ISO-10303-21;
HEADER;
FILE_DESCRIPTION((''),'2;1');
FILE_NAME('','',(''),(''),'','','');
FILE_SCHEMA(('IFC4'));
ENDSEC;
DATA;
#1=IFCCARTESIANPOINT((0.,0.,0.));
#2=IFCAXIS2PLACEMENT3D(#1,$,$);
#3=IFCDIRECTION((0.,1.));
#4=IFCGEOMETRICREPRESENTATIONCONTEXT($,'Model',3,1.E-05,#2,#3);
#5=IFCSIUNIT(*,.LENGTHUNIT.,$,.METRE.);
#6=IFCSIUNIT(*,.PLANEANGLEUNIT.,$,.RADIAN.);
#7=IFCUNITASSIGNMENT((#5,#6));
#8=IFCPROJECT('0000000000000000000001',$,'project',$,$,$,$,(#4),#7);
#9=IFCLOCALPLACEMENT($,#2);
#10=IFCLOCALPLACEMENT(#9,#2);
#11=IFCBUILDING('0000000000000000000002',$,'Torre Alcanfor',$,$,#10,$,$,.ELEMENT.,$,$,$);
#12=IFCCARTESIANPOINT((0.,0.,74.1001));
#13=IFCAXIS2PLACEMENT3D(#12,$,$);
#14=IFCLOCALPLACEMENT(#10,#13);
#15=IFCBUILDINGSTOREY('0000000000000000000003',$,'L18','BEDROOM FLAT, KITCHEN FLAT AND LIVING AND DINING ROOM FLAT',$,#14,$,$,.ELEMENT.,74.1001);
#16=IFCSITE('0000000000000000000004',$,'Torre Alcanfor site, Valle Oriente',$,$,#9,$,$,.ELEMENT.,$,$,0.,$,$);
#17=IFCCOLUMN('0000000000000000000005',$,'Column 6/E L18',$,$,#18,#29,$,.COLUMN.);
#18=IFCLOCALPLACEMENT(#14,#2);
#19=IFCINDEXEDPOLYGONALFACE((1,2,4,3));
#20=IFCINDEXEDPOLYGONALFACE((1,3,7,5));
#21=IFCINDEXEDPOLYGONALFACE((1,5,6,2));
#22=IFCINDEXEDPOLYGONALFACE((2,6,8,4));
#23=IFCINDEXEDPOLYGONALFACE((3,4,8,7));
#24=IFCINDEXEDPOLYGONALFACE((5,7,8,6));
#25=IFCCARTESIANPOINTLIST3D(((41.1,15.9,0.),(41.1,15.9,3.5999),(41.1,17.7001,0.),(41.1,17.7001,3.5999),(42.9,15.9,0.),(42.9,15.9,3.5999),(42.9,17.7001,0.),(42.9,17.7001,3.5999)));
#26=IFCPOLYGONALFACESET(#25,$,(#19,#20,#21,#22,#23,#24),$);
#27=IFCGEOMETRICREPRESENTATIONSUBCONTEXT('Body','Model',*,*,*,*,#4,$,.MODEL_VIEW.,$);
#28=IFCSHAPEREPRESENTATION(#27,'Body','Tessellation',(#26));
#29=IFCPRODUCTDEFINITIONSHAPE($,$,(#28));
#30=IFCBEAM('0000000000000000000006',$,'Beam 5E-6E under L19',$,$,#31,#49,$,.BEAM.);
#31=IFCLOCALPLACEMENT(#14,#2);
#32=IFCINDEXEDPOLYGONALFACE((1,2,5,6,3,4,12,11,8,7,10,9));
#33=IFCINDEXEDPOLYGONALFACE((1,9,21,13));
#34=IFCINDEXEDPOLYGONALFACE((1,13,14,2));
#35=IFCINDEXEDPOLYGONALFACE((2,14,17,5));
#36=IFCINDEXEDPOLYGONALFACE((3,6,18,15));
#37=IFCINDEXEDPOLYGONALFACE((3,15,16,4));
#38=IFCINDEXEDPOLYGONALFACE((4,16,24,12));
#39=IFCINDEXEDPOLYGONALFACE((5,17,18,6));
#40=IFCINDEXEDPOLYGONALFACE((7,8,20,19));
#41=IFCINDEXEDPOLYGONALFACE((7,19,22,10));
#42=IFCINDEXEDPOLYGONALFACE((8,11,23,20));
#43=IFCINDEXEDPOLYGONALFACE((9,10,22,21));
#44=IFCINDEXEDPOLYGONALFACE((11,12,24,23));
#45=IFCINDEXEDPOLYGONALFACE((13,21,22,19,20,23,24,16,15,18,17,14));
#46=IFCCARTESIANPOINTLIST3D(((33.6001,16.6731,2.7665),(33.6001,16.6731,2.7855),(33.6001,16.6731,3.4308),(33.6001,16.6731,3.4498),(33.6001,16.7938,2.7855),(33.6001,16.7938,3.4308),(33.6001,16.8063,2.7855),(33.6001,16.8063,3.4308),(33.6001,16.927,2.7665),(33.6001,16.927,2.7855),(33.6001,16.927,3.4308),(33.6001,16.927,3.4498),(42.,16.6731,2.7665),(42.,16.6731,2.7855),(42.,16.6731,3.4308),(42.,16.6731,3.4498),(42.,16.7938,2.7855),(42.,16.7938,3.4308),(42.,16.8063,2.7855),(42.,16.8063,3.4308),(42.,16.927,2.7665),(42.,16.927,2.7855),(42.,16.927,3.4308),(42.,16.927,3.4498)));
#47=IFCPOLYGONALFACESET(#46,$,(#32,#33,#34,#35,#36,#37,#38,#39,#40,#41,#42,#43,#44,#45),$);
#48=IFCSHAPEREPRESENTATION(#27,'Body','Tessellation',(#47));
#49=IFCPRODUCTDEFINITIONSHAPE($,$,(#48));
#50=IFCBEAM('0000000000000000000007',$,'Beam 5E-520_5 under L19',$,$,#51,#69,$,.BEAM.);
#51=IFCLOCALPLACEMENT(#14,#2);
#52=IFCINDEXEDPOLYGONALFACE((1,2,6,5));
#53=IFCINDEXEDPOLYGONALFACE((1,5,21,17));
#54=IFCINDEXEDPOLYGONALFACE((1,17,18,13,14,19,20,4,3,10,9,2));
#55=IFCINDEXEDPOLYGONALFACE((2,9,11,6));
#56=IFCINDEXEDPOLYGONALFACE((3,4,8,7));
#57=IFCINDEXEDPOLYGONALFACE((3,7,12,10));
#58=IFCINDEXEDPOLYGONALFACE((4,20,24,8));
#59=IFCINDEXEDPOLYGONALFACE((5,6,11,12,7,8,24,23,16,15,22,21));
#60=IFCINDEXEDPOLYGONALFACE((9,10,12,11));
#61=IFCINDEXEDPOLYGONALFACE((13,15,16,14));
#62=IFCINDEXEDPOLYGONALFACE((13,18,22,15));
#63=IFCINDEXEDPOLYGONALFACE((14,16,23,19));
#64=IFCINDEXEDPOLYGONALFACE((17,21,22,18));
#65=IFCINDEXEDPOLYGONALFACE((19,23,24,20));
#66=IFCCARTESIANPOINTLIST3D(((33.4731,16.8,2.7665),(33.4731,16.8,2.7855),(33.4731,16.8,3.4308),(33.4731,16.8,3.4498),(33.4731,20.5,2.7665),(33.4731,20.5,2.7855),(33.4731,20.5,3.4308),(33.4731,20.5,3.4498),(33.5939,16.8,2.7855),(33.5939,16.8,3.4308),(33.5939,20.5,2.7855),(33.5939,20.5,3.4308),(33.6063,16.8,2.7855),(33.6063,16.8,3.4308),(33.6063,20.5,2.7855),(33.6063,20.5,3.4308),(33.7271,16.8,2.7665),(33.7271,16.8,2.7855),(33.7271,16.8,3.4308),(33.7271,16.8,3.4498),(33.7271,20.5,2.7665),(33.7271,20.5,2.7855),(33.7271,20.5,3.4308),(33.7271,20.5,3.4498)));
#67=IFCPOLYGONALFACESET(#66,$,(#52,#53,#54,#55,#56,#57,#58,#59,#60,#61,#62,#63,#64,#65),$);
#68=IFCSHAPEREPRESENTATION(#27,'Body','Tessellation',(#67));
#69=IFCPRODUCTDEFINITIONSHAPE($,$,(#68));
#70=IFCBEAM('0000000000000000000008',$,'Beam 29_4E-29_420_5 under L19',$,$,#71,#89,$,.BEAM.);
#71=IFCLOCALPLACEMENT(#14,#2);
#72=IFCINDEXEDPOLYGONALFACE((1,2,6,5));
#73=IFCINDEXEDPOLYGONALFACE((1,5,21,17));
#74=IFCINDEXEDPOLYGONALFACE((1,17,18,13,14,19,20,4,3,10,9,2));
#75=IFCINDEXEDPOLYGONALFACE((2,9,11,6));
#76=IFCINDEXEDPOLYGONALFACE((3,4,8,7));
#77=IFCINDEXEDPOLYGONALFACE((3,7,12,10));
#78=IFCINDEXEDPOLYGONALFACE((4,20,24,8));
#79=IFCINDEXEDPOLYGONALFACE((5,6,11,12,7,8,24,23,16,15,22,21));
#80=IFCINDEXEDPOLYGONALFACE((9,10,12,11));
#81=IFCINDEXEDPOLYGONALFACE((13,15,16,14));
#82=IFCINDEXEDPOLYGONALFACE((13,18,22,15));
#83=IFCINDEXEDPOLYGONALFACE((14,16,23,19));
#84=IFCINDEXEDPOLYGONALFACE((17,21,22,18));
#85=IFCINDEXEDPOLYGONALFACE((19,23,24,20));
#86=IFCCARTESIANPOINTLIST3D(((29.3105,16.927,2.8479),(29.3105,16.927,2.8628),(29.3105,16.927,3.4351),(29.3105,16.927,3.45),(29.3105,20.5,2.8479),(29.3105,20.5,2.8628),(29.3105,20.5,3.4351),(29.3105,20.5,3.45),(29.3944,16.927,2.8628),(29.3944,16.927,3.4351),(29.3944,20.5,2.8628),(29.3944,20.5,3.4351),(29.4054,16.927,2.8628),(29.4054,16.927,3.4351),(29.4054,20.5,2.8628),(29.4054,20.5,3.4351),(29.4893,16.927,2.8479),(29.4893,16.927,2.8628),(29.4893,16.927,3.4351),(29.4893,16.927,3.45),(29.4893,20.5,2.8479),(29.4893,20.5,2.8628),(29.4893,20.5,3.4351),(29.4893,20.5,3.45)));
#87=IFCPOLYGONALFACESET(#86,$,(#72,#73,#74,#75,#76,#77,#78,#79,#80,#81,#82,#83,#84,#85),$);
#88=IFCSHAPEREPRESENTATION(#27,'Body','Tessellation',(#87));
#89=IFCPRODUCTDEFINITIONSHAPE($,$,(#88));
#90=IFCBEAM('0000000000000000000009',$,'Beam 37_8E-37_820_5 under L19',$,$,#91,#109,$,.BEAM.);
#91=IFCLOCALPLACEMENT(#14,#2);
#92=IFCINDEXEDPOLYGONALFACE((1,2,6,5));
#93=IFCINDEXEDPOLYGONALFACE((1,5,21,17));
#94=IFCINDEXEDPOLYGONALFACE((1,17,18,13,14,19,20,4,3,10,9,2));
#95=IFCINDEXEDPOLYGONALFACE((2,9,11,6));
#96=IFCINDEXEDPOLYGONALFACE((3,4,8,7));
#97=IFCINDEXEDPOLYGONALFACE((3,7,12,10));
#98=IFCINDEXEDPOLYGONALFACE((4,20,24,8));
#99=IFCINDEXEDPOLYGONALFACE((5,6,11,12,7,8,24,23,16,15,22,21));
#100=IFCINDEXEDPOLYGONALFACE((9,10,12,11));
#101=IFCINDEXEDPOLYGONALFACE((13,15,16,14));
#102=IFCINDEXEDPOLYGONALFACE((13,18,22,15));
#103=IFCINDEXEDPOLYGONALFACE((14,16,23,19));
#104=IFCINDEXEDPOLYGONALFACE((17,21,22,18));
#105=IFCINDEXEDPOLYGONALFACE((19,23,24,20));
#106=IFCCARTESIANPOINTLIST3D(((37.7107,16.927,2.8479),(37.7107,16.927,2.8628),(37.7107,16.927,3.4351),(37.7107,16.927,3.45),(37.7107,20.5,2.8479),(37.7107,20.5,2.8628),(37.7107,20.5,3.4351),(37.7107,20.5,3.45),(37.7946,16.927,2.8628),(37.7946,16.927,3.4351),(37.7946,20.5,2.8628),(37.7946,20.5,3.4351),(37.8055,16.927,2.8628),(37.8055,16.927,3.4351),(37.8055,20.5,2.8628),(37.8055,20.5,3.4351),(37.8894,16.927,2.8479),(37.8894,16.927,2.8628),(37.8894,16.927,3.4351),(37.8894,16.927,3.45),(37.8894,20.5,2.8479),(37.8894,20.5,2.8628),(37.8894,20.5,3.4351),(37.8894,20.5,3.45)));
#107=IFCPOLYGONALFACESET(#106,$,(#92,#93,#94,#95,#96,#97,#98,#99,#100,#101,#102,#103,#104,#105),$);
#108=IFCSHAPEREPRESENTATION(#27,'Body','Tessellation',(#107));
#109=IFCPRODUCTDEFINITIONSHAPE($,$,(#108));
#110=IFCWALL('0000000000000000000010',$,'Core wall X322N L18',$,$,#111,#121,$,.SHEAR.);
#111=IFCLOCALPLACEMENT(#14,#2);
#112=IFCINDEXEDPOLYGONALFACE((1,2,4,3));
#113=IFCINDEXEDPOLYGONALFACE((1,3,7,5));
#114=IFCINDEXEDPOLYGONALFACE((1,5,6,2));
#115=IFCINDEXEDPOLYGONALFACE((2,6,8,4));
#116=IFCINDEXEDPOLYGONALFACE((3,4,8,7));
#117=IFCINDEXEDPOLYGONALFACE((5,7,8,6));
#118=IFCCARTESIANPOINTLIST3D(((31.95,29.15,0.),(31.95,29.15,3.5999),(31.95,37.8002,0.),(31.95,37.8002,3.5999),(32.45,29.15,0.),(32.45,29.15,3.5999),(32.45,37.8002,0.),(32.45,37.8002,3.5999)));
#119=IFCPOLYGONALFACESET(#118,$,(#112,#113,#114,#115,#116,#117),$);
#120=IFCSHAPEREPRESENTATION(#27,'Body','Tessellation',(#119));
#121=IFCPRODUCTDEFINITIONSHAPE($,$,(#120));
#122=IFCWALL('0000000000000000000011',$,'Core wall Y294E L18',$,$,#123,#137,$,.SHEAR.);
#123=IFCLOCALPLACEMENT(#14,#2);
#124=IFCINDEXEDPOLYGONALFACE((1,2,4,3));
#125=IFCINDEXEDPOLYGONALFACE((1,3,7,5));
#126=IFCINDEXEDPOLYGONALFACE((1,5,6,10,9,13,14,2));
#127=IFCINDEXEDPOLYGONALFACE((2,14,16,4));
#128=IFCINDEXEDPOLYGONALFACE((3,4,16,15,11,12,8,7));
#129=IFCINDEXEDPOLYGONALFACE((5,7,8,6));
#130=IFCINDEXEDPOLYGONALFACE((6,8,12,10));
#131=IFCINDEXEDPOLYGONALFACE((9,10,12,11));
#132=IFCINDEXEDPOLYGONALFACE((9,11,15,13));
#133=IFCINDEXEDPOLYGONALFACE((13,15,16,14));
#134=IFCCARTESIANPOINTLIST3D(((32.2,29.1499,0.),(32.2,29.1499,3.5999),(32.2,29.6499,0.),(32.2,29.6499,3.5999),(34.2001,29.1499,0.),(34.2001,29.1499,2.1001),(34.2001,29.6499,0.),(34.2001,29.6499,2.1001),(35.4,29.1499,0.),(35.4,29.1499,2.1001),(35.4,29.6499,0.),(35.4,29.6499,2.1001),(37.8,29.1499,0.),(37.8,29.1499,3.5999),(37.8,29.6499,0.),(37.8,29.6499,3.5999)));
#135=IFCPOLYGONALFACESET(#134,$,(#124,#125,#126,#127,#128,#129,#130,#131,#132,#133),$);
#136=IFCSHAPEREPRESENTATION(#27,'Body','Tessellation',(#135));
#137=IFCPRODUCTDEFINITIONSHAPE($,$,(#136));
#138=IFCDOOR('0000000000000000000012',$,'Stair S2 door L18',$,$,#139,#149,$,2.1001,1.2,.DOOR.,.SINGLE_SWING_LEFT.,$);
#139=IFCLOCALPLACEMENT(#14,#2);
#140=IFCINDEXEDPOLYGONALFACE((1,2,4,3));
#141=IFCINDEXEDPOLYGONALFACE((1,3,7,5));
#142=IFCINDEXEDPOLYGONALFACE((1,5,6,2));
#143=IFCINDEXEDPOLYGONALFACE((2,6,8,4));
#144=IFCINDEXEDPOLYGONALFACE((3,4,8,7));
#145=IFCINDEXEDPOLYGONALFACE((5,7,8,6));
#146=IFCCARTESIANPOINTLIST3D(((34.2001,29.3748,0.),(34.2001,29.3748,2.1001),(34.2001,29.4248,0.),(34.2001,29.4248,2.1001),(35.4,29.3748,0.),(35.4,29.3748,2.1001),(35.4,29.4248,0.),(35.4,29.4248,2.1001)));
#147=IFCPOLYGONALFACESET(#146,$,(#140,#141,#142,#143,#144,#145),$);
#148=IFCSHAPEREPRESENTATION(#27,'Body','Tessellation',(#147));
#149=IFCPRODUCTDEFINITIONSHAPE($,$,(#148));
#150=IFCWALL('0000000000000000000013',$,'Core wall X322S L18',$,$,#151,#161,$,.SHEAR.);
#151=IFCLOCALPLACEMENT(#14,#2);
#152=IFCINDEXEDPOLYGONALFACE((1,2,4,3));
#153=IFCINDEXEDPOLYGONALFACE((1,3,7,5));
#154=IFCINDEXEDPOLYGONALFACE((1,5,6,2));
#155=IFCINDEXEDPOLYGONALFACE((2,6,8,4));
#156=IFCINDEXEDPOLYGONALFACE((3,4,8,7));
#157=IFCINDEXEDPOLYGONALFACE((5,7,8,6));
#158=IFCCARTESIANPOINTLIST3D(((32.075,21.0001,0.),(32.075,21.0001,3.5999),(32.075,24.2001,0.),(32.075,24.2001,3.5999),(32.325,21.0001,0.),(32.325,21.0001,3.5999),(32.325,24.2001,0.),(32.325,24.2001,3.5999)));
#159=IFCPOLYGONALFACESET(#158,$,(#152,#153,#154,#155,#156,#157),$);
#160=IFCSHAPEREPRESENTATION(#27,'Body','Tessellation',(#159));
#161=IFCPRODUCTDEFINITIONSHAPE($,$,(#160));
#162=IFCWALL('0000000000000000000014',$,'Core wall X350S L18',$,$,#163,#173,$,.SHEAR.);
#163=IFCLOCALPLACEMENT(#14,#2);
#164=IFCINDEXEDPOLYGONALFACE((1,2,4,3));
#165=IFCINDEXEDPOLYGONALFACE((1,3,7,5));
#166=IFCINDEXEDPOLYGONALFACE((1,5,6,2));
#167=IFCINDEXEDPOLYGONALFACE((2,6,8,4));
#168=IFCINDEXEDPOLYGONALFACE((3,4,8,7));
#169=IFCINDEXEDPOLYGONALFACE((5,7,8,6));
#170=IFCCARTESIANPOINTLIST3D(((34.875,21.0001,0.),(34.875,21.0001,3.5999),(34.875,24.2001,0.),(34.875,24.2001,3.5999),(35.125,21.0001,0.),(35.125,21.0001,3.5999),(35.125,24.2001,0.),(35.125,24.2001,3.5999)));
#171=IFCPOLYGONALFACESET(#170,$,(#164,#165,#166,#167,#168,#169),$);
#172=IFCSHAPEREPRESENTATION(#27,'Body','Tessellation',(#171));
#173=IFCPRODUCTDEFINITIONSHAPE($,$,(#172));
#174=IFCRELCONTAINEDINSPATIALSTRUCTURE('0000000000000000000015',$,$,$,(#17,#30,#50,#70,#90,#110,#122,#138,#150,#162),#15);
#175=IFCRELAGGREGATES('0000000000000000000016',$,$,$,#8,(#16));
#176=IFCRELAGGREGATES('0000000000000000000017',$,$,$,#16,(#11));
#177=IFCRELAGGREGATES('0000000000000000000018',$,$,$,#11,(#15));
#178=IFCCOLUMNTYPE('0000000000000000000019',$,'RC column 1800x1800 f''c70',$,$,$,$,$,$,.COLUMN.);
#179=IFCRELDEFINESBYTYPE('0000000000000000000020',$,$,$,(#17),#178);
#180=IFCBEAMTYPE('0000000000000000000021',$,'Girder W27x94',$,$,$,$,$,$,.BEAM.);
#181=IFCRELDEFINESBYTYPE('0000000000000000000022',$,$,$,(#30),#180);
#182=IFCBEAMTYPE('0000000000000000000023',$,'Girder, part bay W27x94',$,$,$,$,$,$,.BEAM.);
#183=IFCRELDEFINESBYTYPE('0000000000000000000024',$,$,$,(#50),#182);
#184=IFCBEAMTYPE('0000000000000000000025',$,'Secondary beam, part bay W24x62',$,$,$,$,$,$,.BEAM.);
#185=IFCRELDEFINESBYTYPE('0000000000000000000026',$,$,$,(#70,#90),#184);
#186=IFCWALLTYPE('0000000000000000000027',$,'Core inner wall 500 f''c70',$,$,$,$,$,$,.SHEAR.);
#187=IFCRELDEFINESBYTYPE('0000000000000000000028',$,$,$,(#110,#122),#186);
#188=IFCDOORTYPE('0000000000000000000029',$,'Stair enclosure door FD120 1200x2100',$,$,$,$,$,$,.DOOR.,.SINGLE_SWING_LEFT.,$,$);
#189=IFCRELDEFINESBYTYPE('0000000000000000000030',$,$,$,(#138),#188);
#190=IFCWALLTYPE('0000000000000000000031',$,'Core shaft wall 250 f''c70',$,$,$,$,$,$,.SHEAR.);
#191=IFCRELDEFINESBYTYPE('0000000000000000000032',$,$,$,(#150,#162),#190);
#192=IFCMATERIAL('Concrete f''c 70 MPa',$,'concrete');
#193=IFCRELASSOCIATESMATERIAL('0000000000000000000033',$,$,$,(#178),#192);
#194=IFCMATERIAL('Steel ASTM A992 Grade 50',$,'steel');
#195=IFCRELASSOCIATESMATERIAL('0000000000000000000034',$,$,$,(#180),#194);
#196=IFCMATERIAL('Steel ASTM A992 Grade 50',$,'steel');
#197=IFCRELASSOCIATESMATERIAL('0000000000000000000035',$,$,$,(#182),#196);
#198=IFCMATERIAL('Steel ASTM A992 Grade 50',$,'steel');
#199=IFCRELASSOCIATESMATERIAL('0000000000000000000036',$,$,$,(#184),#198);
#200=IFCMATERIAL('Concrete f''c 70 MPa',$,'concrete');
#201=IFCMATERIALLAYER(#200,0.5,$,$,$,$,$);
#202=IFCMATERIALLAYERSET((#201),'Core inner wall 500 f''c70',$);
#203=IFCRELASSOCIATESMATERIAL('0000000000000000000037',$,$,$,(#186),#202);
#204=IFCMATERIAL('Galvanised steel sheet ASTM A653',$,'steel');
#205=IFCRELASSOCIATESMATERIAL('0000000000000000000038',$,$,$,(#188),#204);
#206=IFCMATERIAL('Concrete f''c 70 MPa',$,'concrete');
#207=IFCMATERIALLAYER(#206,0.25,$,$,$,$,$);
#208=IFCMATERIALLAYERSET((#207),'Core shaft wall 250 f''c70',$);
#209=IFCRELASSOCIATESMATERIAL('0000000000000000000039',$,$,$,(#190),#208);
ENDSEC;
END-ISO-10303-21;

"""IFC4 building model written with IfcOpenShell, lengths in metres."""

from ifc_helpers import new_model, si_unit, direction, frame, frame_2d, origin, origin_2d, place, context, subcontext, project, spatial, rectangle, i_section, extrude, material, layer, layer_set, material_profile, profile_set, type_object, element, fill, save


model = new_model("IFC4")

# Units and contexts
model_context = context("Model", 3, precision=1e-05, world=origin(), true_north=direction((0.0, 1.0)))
body_context = subcontext(model_context, "Body", "Model", "MODEL_VIEW")
ifc_project = project(units=[si_unit("LENGTHUNIT", "METRE"), si_unit("PLANEANGLEUNIT", "RADIAN")], contexts=[model_context])

# Site, building, storey
site_placement = place(None, origin())
site = spatial("IfcSite", under=ifc_project, at=site_placement, Name="Torre Alcanfor site, Valle Oriente", CompositionType="ELEMENT", RefElevation=0.0)
building_placement = place(site_placement, origin())
building = spatial("IfcBuilding", under=site, at=building_placement, Name="Torre Alcanfor", CompositionType="ELEMENT")
storey_placement = place(building_placement, frame((0.0, 0.0, 74.1001)))
storey = spatial("IfcBuildingStorey", under=building, at=storey_placement, Name="L18", Description="BEDROOM FLAT, KITCHEN FLAT AND LIVING AND DINING ROOM FLAT", CompositionType="ELEMENT", Elevation=74.1001)

# Column
ifc_material_1 = material(Name="Concrete f'c 70 MPa", Category="concrete")
ifc_material_profile_1 = material_profile(ifc_material_1, rectangle(XDim=1.8, YDim=1.8, at=origin_2d()), Name="1800x1800")
ifc_profile_set_1 = profile_set([ifc_material_profile_1], Name="Concrete f'c 70 MPa")
column_type = type_object("IfcColumnType", Name="RC column 1800x1800 f'c70", PredefinedType="COLUMN", material=ifc_profile_set_1)
column_placement = place(storey_placement, frame((42.0, 16.8, 0.0), z_axis=(0.0, 0.0, 1.0), x_axis=(1.0, 0.0, 0.0)))
element("IfcColumn", 1, at=column_placement, inside=storey, type_object=column_type, Name="Column 6/E L18", PredefinedType="COLUMN", context=body_context, shape_type="SweptSolid", body=[
    extrude(rectangle(XDim=1.8, YDim=1.8, at=origin_2d()), origin(), (0.0, 0.0, 1.0), 3.5999),
])

# Beams
ifc_material_2 = material(Name="Steel ASTM A992 Grade 50", Category="steel")
ifc_material_profile_2 = material_profile(ifc_material_2, i_section(OverallWidth=0.2539, OverallDepth=0.6833, WebThickness=0.0125, FlangeThickness=0.019, at=origin_2d()), Name="W27x94")
ifc_profile_set_2 = profile_set([ifc_material_profile_2], Name="Steel ASTM A992 Grade 50")
beam_type_1 = type_object("IfcBeamType", Name="Girder W27x94", PredefinedType="BEAM", material=ifc_profile_set_2)
beam_1_placement = place(storey_placement, frame((33.6001, 16.8, 3.1082), z_axis=(1.0, 0.0, 0.0), x_axis=(0.0, 1.0, 0.0)))
element("IfcBeam", 2, at=beam_1_placement, inside=storey, type_object=beam_type_1, Name="Beam 5E-6E under L19", PredefinedType="BEAM", context=body_context, shape_type="SweptSolid", body=[
    extrude(i_section(OverallWidth=0.2539, OverallDepth=0.6833, WebThickness=0.0125, FlangeThickness=0.019, at=origin_2d()), origin(), (0.0, 0.0, 1.0), 8.3999),
])
ifc_material_3 = material(Name="Steel ASTM A992 Grade 50", Category="steel")
ifc_material_profile_3 = material_profile(ifc_material_3, i_section(OverallWidth=0.2539, OverallDepth=0.6833, WebThickness=0.0125, FlangeThickness=0.019, at=origin_2d()), Name="W27x94")
ifc_profile_set_3 = profile_set([ifc_material_profile_3], Name="Steel ASTM A992 Grade 50")
beam_type_2 = type_object("IfcBeamType", Name="Girder, part bay W27x94", PredefinedType="BEAM", material=ifc_profile_set_3)
beam_2_placement = place(storey_placement, frame((33.6001, 16.8, 3.1082), z_axis=(0.0, 1.0, 0.0), x_axis=(-1.0, 0.0, 0.0)))
element("IfcBeam", 3, at=beam_2_placement, inside=storey, type_object=beam_type_2, Name="Beam 5E-520_5 under L19", PredefinedType="BEAM", context=body_context, shape_type="SweptSolid", body=[
    extrude(i_section(OverallWidth=0.2539, OverallDepth=0.6833, WebThickness=0.0125, FlangeThickness=0.019, at=origin_2d()), origin(), (0.0, 0.0, 1.0), 3.7),
])
ifc_material_4 = material(Name="Steel ASTM A992 Grade 50", Category="steel")
ifc_material_profile_4 = material_profile(ifc_material_4, i_section(OverallWidth=0.1787, OverallDepth=0.6021, WebThickness=0.011, FlangeThickness=0.0149, at=origin_2d()), Name="W24x62")
ifc_profile_set_4 = profile_set([ifc_material_profile_4], Name="Steel ASTM A992 Grade 50")
beam_type_3 = type_object("IfcBeamType", Name="Secondary beam, part bay W24x62", PredefinedType="BEAM", material=ifc_profile_set_4)
for number, where, z_axis, x_axis, name in (
    (4, (29.3999, 16.927, 3.1489), (0.0, 1.0, 0.0), (-1.0, 0.0, 0.0), "Beam 29_4E-29_420_5 under L19"),
    (5, (37.8, 16.927, 3.1489), (0.0, 1.0, 0.0), (-1.0, 0.0, 0.0), "Beam 37_8E-37_820_5 under L19"),
):
    element("IfcBeam", number, at=place(storey_placement, frame(where, z_axis=z_axis, x_axis=x_axis)), inside=storey, type_object=beam_type_3, Name=name, PredefinedType="BEAM", context=body_context, shape_type="SweptSolid", body=[
        extrude(i_section(OverallWidth=0.1787, OverallDepth=0.6021, WebThickness=0.011, FlangeThickness=0.0149, at=origin_2d()), origin(), (0.0, 0.0, 1.0), 3.573),
    ])

# Wall
ifc_material_5 = material(Name="Concrete f'c 70 MPa", Category="concrete")
ifc_layer_1 = layer(ifc_material_5, 0.5)
ifc_layer_set_1 = layer_set([ifc_layer_1], Name="Core inner wall 500 f'c70")
wall_type_1 = type_object("IfcWallType", Name="Core inner wall 500 f'c70", PredefinedType="SHEAR", material=ifc_layer_set_1)
wall_1_placement = place(storey_placement, frame((32.2, 29.1499, 0.0), z_axis=(0.0, 0.0, 1.0), x_axis=(0.0, 1.0, 0.0)))
element("IfcWall", 6, at=wall_1_placement, inside=storey, type_object=wall_type_1, Name="Core wall X322N L18", PredefinedType="SHEAR", context=body_context, shape_type="SweptSolid", body=[
    extrude(rectangle(XDim=8.6501, YDim=0.5, at=frame_2d((4.3252, 0.0))), origin(), (0.0, 0.0, 1.0), 3.5999),
])

# Wall, opening, door
wall_2_placement = place(storey_placement, frame((32.2, 29.3999, 0.0), z_axis=(0.0, 0.0, 1.0), x_axis=(1.0, 0.0, 0.0)))
wall_2 = element("IfcWall", 7, at=wall_2_placement, inside=storey, type_object=wall_type_1, Name="Core wall Y294E L18", PredefinedType="SHEAR", context=body_context, shape_type="SweptSolid", body=[
    extrude(rectangle(XDim=5.6001, YDim=0.5, at=frame_2d((2.8, 0.0))), origin(), (0.0, 0.0, 1.0), 3.5999),
])
opening_1_placement = place(wall_2_placement, frame((2.0, 0.0, 0.0)))
opening_1 = element("IfcOpeningElement", 8, at=opening_1_placement, cuts=wall_2, PredefinedType="OPENING", context=body_context, shape_type="SweptSolid", body=[
    extrude(rectangle(XDim=1.2, YDim=2.1001, at=frame_2d((0.6001, 1.05))), frame((0.0, 0.26, 0.0), z_axis=(0.0, -1.0, 0.0), x_axis=(1.0, 0.0, 0.0)), (0.0, 0.0, 1.0), 0.52),
])
ifc_material_6 = material(Name="Galvanised steel sheet ASTM A653", Category="steel")
door_type_1 = type_object("IfcDoorType", Name="Stair enclosure door FD120 1200x2100", OperationType="SINGLE_SWING_LEFT", PredefinedType="DOOR", material=ifc_material_6)
door_1_placement = place(opening_1_placement, origin())
door_1 = element("IfcDoor", 9, at=door_1_placement, inside=storey, type_object=door_type_1, Name="Stair S2 door L18", OperationType="SINGLE_SWING_LEFT", OverallHeight=2.1001, OverallWidth=1.2, PredefinedType="DOOR", context=body_context, shape_type="SweptSolid", body=[
    extrude(rectangle(XDim=1.2, YDim=2.1001, at=frame_2d((0.6001, 1.05))), frame((0.0, 0.0249, 0.0), z_axis=(0.0, -1.0, 0.0), x_axis=(1.0, 0.0, 0.0)), (0.0, 0.0, 1.0), 0.05),
])
fill(opening_1, door_1)

# Walls
ifc_material_7 = material(Name="Concrete f'c 70 MPa", Category="concrete")
ifc_layer_2 = layer(ifc_material_7, 0.25)
ifc_layer_set_2 = layer_set([ifc_layer_2], Name="Core shaft wall 250 f'c70")
wall_type_2 = type_object("IfcWallType", Name="Core shaft wall 250 f'c70", PredefinedType="SHEAR", material=ifc_layer_set_2)
for number, where, z_axis, x_axis, name in (
    (10, (32.2, 21.0, 0.0), (0.0, 0.0, 1.0), (0.0, 1.0, 0.0), "Core wall X322S L18"),
    (11, (35.0, 21.0, 0.0), (0.0, 0.0, 1.0), (0.0, 1.0, 0.0), "Core wall X350S L18"),
):
    element("IfcWall", number, at=place(storey_placement, frame(where, z_axis=z_axis, x_axis=x_axis)), inside=storey, type_object=wall_type_2, Name=name, PredefinedType="SHEAR", context=body_context, shape_type="SweptSolid", body=[
        extrude(rectangle(XDim=3.2, YDim=0.25, at=frame_2d((1.6001, 0.0))), origin(), (0.0, 0.0, 1.0), 3.5999),
    ])

save(model, "model.ifc")
